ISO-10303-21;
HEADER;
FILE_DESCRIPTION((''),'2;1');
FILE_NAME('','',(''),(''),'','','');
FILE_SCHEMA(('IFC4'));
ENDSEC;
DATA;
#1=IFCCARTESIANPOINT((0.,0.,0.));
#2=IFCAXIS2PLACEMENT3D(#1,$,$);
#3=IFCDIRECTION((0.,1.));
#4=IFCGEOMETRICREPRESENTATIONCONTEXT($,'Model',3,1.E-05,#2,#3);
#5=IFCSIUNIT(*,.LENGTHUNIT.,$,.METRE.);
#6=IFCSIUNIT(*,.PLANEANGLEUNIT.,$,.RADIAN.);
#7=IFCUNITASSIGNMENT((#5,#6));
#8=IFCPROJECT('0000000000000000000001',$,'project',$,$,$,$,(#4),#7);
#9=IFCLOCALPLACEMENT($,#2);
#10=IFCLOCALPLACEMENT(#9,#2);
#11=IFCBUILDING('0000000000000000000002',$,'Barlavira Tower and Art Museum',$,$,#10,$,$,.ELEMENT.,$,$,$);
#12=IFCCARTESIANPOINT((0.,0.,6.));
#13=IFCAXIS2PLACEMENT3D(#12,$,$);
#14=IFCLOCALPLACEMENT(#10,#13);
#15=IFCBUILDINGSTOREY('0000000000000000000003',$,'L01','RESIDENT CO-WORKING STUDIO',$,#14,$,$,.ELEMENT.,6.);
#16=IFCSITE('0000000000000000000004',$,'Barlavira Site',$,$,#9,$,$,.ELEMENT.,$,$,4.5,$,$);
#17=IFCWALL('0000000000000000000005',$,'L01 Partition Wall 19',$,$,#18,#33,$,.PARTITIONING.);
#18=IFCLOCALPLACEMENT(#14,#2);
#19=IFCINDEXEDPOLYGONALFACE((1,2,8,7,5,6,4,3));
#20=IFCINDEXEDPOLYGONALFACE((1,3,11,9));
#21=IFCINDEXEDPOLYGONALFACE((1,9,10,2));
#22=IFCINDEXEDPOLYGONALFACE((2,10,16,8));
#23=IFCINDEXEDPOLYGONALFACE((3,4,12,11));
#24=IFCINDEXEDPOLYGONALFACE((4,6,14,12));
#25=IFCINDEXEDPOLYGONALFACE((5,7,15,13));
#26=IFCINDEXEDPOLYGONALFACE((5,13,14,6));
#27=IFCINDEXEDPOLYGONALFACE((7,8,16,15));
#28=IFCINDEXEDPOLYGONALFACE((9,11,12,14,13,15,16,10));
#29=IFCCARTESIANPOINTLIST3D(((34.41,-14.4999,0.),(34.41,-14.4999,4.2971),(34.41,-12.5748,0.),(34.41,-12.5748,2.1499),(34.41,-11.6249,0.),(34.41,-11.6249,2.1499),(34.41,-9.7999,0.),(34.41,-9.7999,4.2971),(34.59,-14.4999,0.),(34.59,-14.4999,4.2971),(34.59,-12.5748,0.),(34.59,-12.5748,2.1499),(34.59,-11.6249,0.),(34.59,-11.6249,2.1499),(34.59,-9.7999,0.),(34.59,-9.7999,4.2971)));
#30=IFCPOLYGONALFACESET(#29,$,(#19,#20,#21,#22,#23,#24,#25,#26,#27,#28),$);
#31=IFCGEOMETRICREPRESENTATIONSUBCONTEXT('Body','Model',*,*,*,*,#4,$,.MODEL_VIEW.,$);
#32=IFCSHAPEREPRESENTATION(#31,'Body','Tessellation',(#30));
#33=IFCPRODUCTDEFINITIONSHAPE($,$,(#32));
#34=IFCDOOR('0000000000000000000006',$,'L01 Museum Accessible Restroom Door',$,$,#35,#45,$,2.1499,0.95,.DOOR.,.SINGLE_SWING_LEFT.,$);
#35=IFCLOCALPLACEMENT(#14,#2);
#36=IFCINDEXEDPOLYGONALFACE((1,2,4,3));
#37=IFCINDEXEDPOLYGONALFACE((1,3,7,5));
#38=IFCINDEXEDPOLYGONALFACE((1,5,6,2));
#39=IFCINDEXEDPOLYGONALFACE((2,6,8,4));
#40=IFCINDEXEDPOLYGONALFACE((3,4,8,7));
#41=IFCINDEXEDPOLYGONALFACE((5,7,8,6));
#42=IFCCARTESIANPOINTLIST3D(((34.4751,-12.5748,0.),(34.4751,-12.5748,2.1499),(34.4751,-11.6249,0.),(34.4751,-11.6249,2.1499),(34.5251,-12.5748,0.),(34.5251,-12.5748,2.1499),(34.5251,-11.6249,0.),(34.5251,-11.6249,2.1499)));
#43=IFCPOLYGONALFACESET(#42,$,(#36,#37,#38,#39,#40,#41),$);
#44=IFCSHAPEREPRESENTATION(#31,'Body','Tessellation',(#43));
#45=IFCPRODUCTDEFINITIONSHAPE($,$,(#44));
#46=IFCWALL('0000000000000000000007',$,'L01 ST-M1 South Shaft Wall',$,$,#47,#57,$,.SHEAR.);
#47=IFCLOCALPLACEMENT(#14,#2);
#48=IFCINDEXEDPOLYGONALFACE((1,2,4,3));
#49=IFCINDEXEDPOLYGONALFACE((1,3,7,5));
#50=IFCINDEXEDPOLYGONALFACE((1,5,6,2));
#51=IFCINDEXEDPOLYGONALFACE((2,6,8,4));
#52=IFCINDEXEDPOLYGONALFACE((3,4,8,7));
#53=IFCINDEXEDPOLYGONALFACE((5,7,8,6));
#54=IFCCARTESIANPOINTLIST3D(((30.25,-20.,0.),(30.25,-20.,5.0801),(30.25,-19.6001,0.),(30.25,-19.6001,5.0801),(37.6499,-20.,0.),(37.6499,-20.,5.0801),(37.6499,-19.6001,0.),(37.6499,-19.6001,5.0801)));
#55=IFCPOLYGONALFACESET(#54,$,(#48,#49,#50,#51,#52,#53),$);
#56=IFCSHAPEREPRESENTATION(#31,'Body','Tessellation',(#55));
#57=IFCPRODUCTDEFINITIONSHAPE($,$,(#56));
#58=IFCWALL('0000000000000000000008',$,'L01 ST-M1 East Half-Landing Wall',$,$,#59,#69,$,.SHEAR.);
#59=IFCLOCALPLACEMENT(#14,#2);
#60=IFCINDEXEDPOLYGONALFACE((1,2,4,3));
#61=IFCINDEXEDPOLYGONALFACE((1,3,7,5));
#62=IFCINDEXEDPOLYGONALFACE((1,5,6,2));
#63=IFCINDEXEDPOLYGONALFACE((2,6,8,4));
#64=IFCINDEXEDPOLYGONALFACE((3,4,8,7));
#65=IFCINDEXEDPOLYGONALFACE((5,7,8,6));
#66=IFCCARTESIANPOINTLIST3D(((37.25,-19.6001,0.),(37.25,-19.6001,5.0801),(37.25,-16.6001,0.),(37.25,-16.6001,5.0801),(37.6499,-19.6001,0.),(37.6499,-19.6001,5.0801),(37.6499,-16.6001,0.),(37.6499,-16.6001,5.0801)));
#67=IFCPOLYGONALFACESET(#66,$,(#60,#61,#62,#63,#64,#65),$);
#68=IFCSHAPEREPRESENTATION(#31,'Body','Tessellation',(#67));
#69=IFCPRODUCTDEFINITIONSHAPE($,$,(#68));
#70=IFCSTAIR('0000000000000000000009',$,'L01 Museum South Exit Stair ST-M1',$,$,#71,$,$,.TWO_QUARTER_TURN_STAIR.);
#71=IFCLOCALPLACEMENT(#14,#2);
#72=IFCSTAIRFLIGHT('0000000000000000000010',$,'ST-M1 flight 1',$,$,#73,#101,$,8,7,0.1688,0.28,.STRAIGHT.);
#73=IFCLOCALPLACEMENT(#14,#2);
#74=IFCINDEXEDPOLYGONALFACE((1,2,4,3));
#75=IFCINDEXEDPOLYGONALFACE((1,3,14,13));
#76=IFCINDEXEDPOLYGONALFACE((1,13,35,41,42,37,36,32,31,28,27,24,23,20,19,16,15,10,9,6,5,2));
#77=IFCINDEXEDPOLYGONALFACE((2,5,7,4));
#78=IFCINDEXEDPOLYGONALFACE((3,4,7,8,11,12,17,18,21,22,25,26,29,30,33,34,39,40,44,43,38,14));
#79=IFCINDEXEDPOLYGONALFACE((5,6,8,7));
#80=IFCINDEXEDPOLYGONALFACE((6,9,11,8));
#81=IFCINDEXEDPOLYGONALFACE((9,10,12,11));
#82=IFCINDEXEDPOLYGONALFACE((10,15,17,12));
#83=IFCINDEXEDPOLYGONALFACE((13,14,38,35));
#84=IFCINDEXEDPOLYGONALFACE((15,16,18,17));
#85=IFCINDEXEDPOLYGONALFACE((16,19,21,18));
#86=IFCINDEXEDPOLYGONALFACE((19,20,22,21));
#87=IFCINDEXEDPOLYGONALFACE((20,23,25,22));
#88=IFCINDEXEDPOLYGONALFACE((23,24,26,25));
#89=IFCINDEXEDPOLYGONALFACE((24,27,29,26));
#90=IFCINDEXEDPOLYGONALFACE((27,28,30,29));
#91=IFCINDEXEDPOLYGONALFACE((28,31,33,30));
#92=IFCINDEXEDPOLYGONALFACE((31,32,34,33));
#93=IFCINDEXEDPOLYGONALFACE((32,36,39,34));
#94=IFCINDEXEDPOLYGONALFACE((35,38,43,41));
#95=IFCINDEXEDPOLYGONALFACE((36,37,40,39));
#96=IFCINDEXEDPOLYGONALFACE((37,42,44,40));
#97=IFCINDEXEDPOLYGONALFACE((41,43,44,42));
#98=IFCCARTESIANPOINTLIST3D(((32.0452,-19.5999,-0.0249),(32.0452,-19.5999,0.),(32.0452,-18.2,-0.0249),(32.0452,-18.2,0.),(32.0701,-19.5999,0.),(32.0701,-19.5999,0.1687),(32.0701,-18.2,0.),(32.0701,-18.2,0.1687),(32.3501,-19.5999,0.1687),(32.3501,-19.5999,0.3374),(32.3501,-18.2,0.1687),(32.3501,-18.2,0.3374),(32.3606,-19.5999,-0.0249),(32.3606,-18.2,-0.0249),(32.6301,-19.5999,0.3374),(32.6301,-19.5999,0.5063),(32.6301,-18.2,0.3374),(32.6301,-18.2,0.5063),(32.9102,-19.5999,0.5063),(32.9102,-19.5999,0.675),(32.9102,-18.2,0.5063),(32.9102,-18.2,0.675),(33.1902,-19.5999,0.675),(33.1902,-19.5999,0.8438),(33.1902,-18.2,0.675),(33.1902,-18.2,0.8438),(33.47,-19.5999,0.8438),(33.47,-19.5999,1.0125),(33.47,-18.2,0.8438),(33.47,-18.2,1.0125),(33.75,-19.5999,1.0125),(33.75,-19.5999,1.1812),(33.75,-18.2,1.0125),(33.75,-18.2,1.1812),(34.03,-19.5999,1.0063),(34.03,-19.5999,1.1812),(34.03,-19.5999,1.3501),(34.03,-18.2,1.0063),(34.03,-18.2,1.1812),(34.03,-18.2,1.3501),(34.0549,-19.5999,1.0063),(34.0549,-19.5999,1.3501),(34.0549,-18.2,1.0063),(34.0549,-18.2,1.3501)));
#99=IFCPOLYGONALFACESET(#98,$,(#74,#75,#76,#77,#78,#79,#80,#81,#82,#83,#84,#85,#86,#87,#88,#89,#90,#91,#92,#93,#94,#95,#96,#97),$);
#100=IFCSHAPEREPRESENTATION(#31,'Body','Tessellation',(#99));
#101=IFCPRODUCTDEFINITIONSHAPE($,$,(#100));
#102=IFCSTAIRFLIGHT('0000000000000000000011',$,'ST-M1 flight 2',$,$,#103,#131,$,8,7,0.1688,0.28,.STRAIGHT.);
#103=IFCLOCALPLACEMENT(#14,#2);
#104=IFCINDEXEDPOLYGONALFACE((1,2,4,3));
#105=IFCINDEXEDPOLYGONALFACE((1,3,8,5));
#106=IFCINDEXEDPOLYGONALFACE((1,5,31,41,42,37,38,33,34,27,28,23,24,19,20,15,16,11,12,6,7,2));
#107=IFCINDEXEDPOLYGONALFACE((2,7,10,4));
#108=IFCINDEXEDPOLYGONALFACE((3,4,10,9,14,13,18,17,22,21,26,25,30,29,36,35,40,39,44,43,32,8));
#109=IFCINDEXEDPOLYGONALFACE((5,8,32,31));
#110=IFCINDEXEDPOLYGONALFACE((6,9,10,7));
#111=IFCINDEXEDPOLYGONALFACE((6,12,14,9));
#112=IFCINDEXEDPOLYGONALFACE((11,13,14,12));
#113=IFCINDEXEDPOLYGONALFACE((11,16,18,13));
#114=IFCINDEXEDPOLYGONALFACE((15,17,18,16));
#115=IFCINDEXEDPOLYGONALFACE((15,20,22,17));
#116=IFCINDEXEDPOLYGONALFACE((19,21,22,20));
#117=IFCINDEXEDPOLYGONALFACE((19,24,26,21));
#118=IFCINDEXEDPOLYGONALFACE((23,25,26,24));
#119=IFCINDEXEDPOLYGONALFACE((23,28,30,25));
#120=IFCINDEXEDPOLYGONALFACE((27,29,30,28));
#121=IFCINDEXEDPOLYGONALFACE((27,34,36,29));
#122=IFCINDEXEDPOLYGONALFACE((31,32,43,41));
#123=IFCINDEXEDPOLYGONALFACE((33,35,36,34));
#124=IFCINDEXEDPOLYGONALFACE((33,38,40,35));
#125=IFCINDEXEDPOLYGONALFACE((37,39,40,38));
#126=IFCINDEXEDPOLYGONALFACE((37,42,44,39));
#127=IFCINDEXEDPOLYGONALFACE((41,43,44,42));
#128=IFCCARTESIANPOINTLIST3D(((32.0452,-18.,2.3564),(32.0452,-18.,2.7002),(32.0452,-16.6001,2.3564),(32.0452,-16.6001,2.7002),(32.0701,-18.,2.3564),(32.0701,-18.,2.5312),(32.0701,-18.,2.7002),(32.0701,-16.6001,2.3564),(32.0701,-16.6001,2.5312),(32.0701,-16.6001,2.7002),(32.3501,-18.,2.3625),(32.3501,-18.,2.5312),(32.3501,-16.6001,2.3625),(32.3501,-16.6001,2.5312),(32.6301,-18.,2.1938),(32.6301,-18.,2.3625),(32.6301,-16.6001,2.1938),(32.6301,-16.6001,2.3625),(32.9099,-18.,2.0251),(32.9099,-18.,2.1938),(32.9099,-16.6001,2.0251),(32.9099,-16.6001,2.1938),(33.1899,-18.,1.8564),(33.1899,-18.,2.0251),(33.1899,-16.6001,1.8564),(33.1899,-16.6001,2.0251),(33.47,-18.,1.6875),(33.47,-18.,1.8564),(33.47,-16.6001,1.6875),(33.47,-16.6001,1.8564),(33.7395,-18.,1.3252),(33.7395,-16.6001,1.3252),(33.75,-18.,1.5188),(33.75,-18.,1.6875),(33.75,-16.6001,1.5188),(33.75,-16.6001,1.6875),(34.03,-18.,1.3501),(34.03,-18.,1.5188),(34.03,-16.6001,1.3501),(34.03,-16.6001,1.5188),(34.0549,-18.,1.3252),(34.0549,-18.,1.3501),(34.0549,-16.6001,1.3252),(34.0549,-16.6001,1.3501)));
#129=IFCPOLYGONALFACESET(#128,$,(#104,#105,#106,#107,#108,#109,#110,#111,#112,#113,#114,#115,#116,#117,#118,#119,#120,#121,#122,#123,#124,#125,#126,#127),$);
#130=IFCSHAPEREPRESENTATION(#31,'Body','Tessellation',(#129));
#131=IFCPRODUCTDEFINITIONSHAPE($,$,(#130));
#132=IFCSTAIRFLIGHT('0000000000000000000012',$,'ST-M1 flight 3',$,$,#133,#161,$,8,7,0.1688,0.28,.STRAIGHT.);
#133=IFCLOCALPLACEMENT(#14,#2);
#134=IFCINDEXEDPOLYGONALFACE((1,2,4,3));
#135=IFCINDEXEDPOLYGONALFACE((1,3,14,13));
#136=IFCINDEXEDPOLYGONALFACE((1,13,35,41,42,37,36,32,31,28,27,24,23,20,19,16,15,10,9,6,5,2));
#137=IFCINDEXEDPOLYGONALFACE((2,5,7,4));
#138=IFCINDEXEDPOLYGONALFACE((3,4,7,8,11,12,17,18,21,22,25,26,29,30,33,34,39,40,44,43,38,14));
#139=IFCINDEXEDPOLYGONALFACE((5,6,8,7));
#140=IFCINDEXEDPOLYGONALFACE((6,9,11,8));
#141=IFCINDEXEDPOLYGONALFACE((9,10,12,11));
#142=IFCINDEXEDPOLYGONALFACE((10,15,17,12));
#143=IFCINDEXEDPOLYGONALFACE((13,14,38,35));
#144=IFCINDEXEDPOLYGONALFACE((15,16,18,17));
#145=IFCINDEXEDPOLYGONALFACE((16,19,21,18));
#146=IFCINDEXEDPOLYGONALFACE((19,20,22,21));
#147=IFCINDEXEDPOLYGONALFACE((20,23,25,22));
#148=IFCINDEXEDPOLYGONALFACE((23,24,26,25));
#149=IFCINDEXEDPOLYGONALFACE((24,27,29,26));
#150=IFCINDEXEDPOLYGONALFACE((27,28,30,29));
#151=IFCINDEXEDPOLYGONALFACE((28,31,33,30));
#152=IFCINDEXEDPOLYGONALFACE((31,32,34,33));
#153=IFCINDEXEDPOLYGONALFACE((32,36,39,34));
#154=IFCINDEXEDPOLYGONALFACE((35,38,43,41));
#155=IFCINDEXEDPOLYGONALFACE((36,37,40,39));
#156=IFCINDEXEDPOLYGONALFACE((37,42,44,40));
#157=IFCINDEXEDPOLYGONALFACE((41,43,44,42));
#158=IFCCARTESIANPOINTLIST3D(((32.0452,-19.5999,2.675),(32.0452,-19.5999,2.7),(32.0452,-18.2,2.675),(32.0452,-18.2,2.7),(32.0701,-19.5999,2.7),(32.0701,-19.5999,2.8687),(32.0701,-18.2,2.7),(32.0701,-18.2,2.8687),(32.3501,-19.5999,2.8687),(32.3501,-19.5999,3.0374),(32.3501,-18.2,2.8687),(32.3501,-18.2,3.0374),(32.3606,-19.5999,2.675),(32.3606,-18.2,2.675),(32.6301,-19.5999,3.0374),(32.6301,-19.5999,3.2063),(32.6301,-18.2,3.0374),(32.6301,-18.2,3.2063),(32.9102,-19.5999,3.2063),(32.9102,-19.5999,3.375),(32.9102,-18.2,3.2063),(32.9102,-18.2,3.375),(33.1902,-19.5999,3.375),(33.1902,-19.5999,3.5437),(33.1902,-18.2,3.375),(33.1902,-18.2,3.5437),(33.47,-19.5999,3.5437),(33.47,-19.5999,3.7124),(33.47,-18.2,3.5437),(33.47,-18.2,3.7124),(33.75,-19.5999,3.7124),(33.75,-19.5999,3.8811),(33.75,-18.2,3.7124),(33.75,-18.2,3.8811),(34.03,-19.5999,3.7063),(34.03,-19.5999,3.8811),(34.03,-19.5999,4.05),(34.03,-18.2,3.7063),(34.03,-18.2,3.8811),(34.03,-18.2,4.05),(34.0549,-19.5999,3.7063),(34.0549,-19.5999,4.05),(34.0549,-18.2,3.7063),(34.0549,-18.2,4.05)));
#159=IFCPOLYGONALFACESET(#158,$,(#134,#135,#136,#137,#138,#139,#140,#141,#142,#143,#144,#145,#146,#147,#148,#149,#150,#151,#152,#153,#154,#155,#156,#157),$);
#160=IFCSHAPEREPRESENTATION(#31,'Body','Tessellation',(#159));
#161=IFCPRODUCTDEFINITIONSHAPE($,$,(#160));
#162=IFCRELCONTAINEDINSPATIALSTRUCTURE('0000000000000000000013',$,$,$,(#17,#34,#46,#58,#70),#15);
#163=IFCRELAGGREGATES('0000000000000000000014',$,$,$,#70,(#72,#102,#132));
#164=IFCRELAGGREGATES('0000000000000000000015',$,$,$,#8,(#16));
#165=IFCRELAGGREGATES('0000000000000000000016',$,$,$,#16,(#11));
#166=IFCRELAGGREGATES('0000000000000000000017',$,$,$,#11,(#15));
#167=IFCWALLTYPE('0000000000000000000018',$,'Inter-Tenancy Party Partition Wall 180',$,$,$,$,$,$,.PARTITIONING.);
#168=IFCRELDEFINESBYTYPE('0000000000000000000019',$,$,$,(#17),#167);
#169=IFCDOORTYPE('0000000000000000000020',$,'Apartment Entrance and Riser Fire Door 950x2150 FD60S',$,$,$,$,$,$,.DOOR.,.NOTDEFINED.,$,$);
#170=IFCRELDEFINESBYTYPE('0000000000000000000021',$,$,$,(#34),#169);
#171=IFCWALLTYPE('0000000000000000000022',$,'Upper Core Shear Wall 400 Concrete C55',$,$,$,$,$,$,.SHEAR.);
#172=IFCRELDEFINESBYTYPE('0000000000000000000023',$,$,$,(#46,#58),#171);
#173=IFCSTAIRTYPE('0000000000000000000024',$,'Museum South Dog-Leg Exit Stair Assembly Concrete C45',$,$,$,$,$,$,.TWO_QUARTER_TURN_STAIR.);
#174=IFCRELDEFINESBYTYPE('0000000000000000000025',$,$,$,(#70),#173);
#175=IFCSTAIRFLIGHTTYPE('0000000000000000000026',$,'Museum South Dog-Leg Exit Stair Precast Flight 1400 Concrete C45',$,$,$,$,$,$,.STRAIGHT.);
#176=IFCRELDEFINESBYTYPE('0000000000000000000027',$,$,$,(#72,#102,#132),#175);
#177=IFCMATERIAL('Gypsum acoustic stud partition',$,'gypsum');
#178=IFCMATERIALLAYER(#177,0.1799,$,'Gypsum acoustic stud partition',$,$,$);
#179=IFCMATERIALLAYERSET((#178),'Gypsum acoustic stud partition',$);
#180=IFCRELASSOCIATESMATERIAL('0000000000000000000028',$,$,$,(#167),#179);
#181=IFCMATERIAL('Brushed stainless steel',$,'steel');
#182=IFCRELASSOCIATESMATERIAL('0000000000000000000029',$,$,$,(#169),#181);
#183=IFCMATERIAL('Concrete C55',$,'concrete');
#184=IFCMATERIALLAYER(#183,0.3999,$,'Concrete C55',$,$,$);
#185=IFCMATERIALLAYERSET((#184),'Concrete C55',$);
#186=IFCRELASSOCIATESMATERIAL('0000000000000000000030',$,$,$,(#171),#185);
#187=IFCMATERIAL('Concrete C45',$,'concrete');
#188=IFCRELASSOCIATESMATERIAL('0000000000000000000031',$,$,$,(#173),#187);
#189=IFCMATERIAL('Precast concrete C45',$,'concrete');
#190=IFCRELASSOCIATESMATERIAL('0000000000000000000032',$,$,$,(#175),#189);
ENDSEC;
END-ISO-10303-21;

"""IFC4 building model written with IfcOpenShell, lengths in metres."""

from ifc_helpers import new_model, si_unit, direction, frame, frame_2d, origin, place, context, subcontext, project, spatial, polyline, rectangle, outline, extrude, material, layer, layer_set, type_object, element, fill, aggregate, save


model = new_model("IFC4")

# Units and contexts
model_context = context("Model", 3, precision=1e-05, world=origin(), true_north=direction((0.0, 1.0)))
body_context = subcontext(model_context, "Body", "Model", "MODEL_VIEW")
ifc_project = project(units=[si_unit("LENGTHUNIT", "METRE"), si_unit("PLANEANGLEUNIT", "RADIAN")], contexts=[model_context])

# Site, building, storey
site_placement = place(None, origin())
site = spatial("IfcSite", under=ifc_project, at=site_placement, Name="Barlavira Site", CompositionType="ELEMENT", RefElevation=4.5)
building_placement = place(site_placement, origin())
building = spatial("IfcBuilding", under=site, at=building_placement, Name="Barlavira Tower and Art Museum", CompositionType="ELEMENT")
storey_placement = place(building_placement, frame((0.0, 0.0, 6.0)))
storey = spatial("IfcBuildingStorey", under=building, at=storey_placement, Name="L01", Description="RESIDENT CO-WORKING STUDIO", CompositionType="ELEMENT", Elevation=6.0)

# Shared definitions
ifc_material_1 = material(Name="Brushed stainless steel", Category="steel")

# Wall, opening, door
ifc_material_2 = material(Name="Gypsum acoustic stud partition", Category="gypsum")
ifc_layer_1 = layer(ifc_material_2, 0.1799, Name="Gypsum acoustic stud partition")
ifc_layer_set_1 = layer_set([ifc_layer_1], Name="Gypsum acoustic stud partition")
wall_type_1 = type_object("IfcWallType", Name="Inter-Tenancy Party Partition Wall 180", PredefinedType="PARTITIONING", material=ifc_layer_set_1)
wall_1_placement = place(storey_placement, frame((34.5, -14.5, 0.0), z_axis=(0.0, 0.0, 1.0), x_axis=(0.0, 1.0, 0.0)))
wall_1 = element("IfcWall", 1, at=wall_1_placement, inside=storey, type_object=wall_type_1, Name="L01 Partition Wall 19", PredefinedType="PARTITIONING", context=body_context, shape_type="SweptSolid", body=[
    extrude(rectangle(XDim=4.7, YDim=0.1799, at=frame_2d((2.3501, 0.0))), origin(), (0.0, 0.0, 1.0), 4.2971),
])
opening_1_placement = place(wall_1_placement, frame((1.925, 0.0, 0.0)))
opening_1 = element("IfcOpeningElement", 2, at=opening_1_placement, cuts=wall_1, PredefinedType="OPENING", context=body_context, shape_type="SweptSolid", body=[
    extrude(rectangle(XDim=0.95, YDim=2.1499, at=frame_2d((0.4751, 1.075))), frame((0.0, 0.1001, 0.0), z_axis=(0.0, -1.0, 0.0), x_axis=(1.0, 0.0, 0.0)), (0.0, 0.0, 1.0), 0.2),
])
door_type_1 = type_object("IfcDoorType", Name="Apartment Entrance and Riser Fire Door 950x2150 FD60S", OperationType="NOTDEFINED", PredefinedType="DOOR", material=ifc_material_1)
door_1_placement = place(opening_1_placement, origin())
door_1 = element("IfcDoor", 3, at=door_1_placement, inside=storey, type_object=door_type_1, Name="L01 Museum Accessible Restroom Door", OperationType="SINGLE_SWING_LEFT", OverallHeight=2.1499, OverallWidth=0.95, PredefinedType="DOOR", context=body_context, shape_type="SweptSolid", body=[
    extrude(rectangle(XDim=0.95, YDim=2.1499, at=frame_2d((0.4751, 1.075))), frame((0.0, 0.0249, 0.0), z_axis=(0.0, -1.0, 0.0), x_axis=(1.0, 0.0, 0.0)), (0.0, 0.0, 1.0), 0.05),
])
fill(opening_1, door_1)

# Walls
ifc_material_3 = material(Name="Concrete C55", Category="concrete")
ifc_layer_2 = layer(ifc_material_3, 0.3999, Name="Concrete C55")
ifc_layer_set_2 = layer_set([ifc_layer_2], Name="Concrete C55")
wall_type_2 = type_object("IfcWallType", Name="Upper Core Shear Wall 400 Concrete C55", PredefinedType="SHEAR", material=ifc_layer_set_2)
wall_2_placement = place(storey_placement, frame((37.6499, -19.8, 0.0), z_axis=(0.0, 0.0, 1.0), x_axis=(-1.0, 0.0, 0.0)))
element("IfcWall", 4, at=wall_2_placement, inside=storey, type_object=wall_type_2, Name="L01 ST-M1 South Shaft Wall", PredefinedType="SHEAR", context=body_context, shape_type="SweptSolid", body=[
    extrude(rectangle(XDim=7.3999, YDim=0.3999, at=frame_2d((3.7, 0.0))), origin(), (0.0, 0.0, 1.0), 5.0801),
])
wall_3_placement = place(storey_placement, frame((37.45, -19.6001, 0.0), z_axis=(0.0, 0.0, 1.0), x_axis=(0.0, 1.0, 0.0)))
element("IfcWall", 5, at=wall_3_placement, inside=storey, type_object=wall_type_2, Name="L01 ST-M1 East Half-Landing Wall", PredefinedType="SHEAR", context=body_context, shape_type="SweptSolid", body=[
    extrude(rectangle(XDim=3.0, YDim=0.3999, at=frame_2d((1.5, 0.0))), origin(), (0.0, 0.0, 1.0), 5.0801),
])

# Stair, stair flights
ifc_material_4 = material(Name="Concrete C45", Category="concrete")
stair_type = type_object("IfcStairType", Name="Museum South Dog-Leg Exit Stair Assembly Concrete C45", PredefinedType="TWO_QUARTER_TURN_STAIR", material=ifc_material_4)
stair_placement = place(storey_placement, origin())
stair = element("IfcStair", 6, at=stair_placement, inside=storey, type_object=stair_type, Name="L01 Museum South Exit Stair ST-M1", PredefinedType="TWO_QUARTER_TURN_STAIR")
ifc_material_5 = material(Name="Precast concrete C45", Category="concrete")
stair_flight_type = type_object("IfcStairFlightType", Name="Museum South Dog-Leg Exit Stair Precast Flight 1400 Concrete C45", PredefinedType="STRAIGHT", material=ifc_material_5)
stair_flight_1_placement = place(storey_placement, frame((32.0701, -18.8999, 0.0), z_axis=(0.0, 0.0, 1.0), x_axis=(1.0, 0.0, 0.0)))
stair_flight_1 = element("IfcStairFlight", 7, at=stair_flight_1_placement, type_object=stair_flight_type, Name="ST-M1 flight 1", NumberOfRisers=8, NumberOfTreads=7, PredefinedType="STRAIGHT", RiserHeight=0.1688, TreadLength=0.28, context=body_context, shape_type="SweptSolid", body=[
    extrude(outline(polyline([(-0.0249, 0.0), (0.0, 0.0), (0.0, 0.1687), (0.28, 0.1687), (0.28, 0.3374), (0.5601, 0.3374), (0.5601, 0.5063), (0.8401, 0.5063), (0.8401, 0.675), (1.1201, 0.675), (1.1201, 0.8438), (1.3999, 0.8438), (1.3999, 1.0125), (1.6799, 1.0125), (1.6799, 1.1812), (1.96, 1.1812), (1.96, 1.3501), (1.9849, 1.3501), (1.9849, 1.0063), (1.96, 1.0063), (0.2905, -0.0249), (-0.0249, -0.0249), (-0.0249, 0.0)])), frame((0.0, 0.7, 0.0), z_axis=(0.0, -1.0, 0.0), x_axis=(1.0, 0.0, 0.0)), (0.0, 0.0, 1.0), 1.3999),
])
stair_flight_2_placement = place(storey_placement, frame((34.03, -17.3, 1.3501), z_axis=(0.0, 0.0, 1.0), x_axis=(-1.0, 0.0, 0.0)))
stair_flight_2 = element("IfcStairFlight", 8, at=stair_flight_2_placement, type_object=stair_flight_type, Name="ST-M1 flight 2", NumberOfRisers=8, NumberOfTreads=7, PredefinedType="STRAIGHT", RiserHeight=0.1688, TreadLength=0.28, context=body_context, shape_type="SweptSolid", body=[
    extrude(outline(polyline([(-0.0249, 0.0), (0.0, 0.0), (0.0, 0.1687), (0.28, 0.1687), (0.28, 0.3374), (0.5601, 0.3374), (0.5601, 0.5063), (0.8401, 0.5063), (0.8401, 0.675), (1.1201, 0.675), (1.1201, 0.8438), (1.3999, 0.8438), (1.3999, 1.0125), (1.6799, 1.0125), (1.6799, 1.1812), (1.96, 1.1812), (1.96, 1.3501), (1.9849, 1.3501), (1.9849, 1.0063), (1.96, 1.0063), (0.2905, -0.0249), (-0.0249, -0.0249), (-0.0249, 0.0)])), frame((0.0, 0.7, 0.0), z_axis=(0.0, -1.0, 0.0), x_axis=(1.0, 0.0, 0.0)), (0.0, 0.0, 1.0), 1.3999),
])
stair_flight_3_placement = place(storey_placement, frame((32.0701, -18.8999, 2.7), z_axis=(0.0, 0.0, 1.0), x_axis=(1.0, 0.0, 0.0)))
stair_flight_3 = element("IfcStairFlight", 9, at=stair_flight_3_placement, type_object=stair_flight_type, Name="ST-M1 flight 3", NumberOfRisers=8, NumberOfTreads=7, PredefinedType="STRAIGHT", RiserHeight=0.1688, TreadLength=0.28, context=body_context, shape_type="SweptSolid", body=[
    extrude(outline(polyline([(-0.0249, 0.0), (0.0, 0.0), (0.0, 0.1687), (0.28, 0.1687), (0.28, 0.3374), (0.5601, 0.3374), (0.5601, 0.5063), (0.8401, 0.5063), (0.8401, 0.675), (1.1201, 0.675), (1.1201, 0.8438), (1.3999, 0.8438), (1.3999, 1.0125), (1.6799, 1.0125), (1.6799, 1.1812), (1.96, 1.1812), (1.96, 1.3501), (1.9849, 1.3501), (1.9849, 1.0063), (1.96, 1.0063), (0.2905, -0.0249), (-0.0249, -0.0249), (-0.0249, 0.0)])), frame((0.0, 0.7, 0.0), z_axis=(0.0, -1.0, 0.0), x_axis=(1.0, 0.0, 0.0)), (0.0, 0.0, 1.0), 1.3999),
])
aggregate(stair, [stair_flight_1, stair_flight_2, stair_flight_3])

save(model, "model.ifc")
